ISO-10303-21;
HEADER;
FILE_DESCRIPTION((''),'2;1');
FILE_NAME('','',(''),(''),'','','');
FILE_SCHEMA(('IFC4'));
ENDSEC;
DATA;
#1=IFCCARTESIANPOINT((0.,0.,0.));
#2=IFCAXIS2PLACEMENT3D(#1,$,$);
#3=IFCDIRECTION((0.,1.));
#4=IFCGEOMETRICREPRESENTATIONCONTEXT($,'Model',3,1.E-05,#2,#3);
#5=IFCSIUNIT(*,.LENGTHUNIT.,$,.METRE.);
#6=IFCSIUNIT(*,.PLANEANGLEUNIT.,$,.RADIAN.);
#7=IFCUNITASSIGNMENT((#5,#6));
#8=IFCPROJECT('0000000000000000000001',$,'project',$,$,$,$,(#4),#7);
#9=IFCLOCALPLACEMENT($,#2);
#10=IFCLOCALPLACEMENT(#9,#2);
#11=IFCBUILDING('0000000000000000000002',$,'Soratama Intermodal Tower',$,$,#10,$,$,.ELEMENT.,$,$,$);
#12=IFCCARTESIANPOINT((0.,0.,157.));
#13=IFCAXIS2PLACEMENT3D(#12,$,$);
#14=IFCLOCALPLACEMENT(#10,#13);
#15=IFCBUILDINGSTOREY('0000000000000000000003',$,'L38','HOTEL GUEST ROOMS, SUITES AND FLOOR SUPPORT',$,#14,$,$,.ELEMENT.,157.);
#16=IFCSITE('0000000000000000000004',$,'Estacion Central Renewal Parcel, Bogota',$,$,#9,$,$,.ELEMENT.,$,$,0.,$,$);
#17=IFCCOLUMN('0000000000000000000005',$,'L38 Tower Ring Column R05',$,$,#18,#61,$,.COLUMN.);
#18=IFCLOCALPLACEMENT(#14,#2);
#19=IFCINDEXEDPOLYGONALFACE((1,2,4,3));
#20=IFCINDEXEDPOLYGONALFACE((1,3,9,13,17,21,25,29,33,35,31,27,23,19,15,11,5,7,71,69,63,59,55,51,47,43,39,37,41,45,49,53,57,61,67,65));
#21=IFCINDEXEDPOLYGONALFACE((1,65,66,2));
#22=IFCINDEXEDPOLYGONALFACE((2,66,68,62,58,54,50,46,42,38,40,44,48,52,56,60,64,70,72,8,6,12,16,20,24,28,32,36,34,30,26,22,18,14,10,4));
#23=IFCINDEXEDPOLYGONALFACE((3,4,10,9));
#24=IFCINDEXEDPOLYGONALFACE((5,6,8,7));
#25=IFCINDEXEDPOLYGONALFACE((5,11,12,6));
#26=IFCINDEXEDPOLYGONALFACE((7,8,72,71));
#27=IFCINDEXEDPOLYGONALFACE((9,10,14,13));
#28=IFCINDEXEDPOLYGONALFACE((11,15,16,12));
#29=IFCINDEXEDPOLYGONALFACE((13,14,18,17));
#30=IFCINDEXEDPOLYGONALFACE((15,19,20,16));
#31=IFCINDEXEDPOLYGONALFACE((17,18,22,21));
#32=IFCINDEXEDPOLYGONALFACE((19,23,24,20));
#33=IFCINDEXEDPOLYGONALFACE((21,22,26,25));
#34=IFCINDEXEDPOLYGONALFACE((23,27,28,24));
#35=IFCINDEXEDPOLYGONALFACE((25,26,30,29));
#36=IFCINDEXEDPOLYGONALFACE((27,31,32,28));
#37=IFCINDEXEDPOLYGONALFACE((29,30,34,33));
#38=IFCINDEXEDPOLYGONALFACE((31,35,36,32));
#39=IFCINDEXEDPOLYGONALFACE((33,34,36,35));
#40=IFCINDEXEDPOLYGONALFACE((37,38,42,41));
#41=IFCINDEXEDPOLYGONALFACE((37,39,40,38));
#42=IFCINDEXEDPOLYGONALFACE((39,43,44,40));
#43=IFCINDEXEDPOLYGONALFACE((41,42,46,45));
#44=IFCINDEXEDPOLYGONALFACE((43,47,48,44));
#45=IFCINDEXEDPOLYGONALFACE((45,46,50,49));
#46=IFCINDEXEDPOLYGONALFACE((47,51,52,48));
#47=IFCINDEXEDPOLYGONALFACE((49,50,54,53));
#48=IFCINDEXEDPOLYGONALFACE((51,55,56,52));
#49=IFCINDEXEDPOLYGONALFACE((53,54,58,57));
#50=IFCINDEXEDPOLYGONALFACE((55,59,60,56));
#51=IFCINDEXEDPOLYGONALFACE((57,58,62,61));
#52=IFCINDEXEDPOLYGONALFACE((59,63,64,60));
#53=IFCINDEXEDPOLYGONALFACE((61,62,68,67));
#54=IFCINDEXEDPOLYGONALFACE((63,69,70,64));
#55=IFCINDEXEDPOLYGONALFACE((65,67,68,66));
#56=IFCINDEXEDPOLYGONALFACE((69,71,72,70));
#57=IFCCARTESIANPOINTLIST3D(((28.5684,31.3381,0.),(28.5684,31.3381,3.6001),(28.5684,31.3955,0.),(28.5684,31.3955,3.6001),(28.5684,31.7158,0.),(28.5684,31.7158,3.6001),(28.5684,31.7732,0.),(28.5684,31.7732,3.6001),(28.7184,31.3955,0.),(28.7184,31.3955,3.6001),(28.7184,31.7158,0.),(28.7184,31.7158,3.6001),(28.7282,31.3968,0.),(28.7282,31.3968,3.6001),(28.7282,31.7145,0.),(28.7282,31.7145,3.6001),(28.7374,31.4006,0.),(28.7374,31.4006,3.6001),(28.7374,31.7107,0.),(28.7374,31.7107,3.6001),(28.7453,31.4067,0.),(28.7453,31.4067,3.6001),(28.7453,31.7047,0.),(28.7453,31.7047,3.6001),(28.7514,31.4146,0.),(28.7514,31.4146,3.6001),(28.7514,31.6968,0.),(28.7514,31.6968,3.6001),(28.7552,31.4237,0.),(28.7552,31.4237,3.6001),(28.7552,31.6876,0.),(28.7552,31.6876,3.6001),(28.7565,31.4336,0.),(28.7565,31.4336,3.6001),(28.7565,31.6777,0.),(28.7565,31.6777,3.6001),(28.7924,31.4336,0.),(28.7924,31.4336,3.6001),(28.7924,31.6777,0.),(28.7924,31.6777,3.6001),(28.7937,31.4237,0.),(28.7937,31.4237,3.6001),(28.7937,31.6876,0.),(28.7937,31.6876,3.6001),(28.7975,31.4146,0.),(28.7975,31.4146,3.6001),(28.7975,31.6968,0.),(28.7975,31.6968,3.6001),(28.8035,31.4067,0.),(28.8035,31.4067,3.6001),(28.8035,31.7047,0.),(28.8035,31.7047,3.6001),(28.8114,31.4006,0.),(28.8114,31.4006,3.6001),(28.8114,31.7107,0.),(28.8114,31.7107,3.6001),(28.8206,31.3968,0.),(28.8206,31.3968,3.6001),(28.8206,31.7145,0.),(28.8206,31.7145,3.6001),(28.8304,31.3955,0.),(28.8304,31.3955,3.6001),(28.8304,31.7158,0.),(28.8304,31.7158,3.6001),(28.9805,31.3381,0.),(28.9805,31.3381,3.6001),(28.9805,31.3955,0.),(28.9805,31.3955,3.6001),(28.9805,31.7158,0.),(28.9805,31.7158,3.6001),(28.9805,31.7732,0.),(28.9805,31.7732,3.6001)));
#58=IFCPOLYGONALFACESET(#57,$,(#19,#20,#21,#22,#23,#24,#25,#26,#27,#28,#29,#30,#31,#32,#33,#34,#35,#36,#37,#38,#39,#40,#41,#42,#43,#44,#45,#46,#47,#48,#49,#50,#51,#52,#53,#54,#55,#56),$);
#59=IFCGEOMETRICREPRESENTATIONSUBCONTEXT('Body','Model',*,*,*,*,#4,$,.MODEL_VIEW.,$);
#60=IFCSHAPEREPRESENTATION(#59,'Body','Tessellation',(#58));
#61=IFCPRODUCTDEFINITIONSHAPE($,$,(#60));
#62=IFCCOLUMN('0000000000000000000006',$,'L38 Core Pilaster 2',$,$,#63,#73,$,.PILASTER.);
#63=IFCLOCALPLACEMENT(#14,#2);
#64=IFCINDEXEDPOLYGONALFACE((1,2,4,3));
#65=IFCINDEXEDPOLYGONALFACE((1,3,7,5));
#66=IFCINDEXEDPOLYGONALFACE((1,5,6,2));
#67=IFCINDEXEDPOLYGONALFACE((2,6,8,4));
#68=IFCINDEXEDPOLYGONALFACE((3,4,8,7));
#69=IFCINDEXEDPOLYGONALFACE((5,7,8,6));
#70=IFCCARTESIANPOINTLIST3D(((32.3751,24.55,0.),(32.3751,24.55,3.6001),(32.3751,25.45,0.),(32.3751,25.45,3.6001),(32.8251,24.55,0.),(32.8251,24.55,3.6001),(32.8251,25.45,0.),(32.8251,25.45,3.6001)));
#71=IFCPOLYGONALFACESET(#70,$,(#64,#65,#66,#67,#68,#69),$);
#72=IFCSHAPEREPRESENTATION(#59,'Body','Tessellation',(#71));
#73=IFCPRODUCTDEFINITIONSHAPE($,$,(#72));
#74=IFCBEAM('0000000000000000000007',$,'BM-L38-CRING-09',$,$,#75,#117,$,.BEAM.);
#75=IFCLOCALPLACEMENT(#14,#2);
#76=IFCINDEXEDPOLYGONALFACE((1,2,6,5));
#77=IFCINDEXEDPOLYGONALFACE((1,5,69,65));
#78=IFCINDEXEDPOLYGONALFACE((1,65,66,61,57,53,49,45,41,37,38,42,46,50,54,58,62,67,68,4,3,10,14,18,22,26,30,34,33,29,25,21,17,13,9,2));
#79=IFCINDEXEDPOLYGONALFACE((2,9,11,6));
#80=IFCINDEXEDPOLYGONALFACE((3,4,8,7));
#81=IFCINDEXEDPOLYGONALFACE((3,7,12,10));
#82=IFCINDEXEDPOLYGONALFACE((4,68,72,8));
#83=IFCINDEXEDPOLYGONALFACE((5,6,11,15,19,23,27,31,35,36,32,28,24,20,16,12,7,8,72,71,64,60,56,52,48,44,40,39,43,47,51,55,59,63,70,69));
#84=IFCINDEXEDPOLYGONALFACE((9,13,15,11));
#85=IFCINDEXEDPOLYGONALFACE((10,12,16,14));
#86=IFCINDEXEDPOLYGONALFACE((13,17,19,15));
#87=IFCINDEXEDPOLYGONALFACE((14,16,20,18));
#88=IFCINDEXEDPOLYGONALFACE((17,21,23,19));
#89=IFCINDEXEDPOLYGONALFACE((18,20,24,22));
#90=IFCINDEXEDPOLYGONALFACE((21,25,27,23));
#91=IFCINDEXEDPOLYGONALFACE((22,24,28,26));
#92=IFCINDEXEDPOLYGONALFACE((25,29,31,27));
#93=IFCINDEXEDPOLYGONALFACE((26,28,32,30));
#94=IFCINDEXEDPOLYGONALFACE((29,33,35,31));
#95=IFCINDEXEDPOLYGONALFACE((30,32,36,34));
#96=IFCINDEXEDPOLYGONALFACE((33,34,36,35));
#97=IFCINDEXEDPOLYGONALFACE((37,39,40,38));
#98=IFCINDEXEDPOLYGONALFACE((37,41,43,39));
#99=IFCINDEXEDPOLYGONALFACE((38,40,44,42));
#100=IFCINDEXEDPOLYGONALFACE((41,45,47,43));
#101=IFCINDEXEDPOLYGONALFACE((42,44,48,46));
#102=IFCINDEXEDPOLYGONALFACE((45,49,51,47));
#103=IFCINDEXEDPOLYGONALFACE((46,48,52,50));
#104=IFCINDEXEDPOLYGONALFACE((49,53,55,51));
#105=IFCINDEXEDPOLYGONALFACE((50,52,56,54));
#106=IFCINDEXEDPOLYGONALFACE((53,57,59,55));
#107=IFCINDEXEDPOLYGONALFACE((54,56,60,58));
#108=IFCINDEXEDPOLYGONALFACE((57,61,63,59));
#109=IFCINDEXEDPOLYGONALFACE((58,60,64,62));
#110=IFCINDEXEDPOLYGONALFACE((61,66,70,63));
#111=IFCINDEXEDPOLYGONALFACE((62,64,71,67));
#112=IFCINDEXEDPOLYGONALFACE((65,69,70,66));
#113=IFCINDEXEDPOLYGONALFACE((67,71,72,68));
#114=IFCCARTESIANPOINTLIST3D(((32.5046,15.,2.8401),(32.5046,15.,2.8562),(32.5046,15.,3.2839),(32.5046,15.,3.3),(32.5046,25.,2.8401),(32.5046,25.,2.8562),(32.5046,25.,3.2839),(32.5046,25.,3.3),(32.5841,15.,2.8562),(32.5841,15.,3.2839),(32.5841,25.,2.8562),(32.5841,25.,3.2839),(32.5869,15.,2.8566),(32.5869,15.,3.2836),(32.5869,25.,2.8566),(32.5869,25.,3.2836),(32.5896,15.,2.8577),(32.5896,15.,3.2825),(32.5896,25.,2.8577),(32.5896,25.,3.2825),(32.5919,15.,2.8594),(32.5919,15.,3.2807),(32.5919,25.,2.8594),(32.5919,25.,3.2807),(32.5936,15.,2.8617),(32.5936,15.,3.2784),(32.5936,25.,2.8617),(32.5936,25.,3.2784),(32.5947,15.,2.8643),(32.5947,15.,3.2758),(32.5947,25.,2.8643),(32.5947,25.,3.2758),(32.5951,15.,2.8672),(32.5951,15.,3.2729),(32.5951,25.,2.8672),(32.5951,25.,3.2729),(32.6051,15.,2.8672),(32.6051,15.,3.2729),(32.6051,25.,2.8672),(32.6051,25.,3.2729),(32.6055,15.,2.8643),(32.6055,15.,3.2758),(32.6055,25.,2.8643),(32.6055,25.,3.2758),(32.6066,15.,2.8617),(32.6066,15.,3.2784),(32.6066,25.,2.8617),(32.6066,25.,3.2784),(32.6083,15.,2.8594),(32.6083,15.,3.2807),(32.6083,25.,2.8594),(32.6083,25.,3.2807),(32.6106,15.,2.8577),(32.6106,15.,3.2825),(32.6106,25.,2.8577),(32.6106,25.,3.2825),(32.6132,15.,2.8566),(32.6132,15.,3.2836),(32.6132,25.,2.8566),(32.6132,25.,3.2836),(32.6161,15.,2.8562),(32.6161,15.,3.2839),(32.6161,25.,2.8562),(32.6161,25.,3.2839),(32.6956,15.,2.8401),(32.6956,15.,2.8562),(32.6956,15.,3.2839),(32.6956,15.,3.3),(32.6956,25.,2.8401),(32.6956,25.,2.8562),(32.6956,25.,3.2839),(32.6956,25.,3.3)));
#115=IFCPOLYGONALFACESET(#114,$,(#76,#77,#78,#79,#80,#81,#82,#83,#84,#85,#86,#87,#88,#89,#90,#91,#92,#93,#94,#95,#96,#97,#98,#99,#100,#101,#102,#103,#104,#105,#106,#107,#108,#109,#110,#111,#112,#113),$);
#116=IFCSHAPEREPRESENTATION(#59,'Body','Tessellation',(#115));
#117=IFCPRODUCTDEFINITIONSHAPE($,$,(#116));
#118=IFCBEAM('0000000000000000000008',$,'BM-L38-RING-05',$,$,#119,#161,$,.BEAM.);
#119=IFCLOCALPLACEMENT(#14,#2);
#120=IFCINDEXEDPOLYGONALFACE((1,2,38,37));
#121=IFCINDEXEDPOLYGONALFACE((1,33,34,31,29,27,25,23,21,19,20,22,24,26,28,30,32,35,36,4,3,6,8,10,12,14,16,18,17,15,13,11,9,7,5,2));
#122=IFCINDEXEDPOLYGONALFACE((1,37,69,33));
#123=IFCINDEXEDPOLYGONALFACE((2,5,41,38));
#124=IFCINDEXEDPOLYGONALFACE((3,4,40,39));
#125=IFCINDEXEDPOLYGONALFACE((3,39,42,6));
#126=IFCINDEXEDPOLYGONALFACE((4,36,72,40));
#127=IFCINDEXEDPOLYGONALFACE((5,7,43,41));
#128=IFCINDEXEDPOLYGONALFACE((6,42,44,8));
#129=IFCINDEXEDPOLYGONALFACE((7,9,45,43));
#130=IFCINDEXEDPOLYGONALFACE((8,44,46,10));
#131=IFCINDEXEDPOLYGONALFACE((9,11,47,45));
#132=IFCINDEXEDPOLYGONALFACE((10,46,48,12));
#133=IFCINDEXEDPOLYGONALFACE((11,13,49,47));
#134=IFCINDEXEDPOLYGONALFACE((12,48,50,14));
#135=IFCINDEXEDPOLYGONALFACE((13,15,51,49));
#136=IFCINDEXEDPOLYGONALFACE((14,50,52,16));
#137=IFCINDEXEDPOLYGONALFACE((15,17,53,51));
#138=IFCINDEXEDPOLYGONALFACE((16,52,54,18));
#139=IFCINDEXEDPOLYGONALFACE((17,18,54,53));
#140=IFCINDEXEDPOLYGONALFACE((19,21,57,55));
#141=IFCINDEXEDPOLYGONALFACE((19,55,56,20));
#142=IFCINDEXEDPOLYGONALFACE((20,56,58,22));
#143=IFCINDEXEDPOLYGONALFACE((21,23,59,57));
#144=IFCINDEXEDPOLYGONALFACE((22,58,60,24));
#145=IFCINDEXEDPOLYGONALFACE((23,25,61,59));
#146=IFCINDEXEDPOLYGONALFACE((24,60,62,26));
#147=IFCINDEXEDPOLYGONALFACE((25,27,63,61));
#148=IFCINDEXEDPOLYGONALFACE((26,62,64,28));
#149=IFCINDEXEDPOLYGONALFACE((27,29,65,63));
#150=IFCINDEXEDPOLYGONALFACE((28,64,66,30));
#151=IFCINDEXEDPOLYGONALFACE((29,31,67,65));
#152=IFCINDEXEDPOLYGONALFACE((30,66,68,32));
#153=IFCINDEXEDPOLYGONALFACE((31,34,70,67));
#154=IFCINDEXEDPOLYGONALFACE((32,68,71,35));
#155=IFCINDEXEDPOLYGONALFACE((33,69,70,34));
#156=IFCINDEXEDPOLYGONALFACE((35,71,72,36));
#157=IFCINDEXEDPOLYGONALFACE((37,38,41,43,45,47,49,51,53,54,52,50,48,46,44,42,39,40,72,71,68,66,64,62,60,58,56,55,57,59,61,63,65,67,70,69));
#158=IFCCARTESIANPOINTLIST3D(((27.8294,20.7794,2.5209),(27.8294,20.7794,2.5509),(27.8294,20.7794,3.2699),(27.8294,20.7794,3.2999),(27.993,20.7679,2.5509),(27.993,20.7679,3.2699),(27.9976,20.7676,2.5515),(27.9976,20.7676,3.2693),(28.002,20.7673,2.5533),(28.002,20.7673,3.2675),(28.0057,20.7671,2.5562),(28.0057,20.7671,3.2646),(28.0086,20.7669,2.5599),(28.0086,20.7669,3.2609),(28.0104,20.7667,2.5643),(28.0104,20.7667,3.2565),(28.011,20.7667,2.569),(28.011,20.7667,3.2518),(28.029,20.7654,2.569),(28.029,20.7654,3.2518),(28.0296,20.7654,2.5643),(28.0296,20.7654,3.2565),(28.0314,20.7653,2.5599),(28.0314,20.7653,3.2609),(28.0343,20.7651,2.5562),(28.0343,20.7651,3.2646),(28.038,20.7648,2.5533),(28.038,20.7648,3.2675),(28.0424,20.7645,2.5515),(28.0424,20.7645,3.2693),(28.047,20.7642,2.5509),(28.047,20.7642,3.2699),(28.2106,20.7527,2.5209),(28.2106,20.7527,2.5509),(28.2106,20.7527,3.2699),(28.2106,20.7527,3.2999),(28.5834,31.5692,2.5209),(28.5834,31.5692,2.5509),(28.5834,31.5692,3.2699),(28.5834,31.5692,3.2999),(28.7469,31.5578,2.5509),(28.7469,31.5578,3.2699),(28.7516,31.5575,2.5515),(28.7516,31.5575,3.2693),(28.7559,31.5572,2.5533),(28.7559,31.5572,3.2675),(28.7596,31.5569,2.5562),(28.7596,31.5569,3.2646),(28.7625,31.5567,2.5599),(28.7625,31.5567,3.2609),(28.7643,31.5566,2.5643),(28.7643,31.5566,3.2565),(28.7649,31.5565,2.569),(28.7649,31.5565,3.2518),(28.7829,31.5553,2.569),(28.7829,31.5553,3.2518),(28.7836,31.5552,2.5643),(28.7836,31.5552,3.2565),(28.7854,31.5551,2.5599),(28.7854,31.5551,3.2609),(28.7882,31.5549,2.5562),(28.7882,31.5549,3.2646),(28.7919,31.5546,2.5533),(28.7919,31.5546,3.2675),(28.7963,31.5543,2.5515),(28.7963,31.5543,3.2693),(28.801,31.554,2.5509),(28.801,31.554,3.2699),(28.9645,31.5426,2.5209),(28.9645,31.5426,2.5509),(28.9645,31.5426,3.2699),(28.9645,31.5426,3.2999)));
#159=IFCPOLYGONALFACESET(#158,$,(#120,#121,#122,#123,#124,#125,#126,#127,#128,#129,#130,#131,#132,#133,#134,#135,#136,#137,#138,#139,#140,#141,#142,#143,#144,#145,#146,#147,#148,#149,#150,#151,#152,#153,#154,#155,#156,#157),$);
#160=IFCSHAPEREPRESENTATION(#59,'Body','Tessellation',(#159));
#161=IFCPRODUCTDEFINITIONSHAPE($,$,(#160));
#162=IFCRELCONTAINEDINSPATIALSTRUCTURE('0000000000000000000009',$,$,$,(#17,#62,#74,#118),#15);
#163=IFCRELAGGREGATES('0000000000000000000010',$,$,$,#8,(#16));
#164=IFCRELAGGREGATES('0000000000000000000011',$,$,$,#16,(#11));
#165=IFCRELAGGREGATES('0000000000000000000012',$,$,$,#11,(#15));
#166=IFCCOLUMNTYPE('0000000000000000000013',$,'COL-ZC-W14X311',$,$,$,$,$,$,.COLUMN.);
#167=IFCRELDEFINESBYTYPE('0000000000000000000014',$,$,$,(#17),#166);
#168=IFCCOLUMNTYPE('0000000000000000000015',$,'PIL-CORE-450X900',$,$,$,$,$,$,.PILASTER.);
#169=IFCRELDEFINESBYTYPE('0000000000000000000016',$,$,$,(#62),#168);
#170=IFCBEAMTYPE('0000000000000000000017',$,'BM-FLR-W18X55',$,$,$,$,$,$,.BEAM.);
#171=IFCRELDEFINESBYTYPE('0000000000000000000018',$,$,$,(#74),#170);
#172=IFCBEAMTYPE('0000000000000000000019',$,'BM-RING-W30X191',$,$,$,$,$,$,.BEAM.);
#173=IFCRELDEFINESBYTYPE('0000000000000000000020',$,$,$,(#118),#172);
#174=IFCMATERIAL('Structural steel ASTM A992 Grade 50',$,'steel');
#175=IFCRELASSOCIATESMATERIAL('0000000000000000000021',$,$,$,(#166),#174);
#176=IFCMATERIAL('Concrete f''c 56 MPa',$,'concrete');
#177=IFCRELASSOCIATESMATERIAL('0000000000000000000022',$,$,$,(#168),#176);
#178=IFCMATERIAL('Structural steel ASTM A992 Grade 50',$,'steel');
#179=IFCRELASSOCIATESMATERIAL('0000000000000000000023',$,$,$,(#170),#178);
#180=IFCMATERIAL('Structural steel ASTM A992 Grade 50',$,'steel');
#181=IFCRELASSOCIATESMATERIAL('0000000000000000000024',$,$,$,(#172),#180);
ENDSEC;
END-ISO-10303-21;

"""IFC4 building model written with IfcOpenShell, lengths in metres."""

from ifc_helpers import new_model, si_unit, direction, frame, origin, origin_2d, place, context, subcontext, project, spatial, rectangle, i_section, extrude, material, material_profile, profile_set, type_object, element, save


model = new_model("IFC4")

# Units and contexts
model_context = context("Model", 3, precision=1e-05, world=origin(), true_north=direction((0.0, 1.0)))
body_context = subcontext(model_context, "Body", "Model", "MODEL_VIEW")
ifc_project = project(units=[si_unit("LENGTHUNIT", "METRE"), si_unit("PLANEANGLEUNIT", "RADIAN")], contexts=[model_context])

# Site, building, storey
site_placement = place(None, origin())
site = spatial("IfcSite", under=ifc_project, at=site_placement, Name="Estacion Central Renewal Parcel, Bogota", CompositionType="ELEMENT", RefElevation=0.0)
building_placement = place(site_placement, origin())
building = spatial("IfcBuilding", under=site, at=building_placement, Name="Soratama Intermodal Tower", CompositionType="ELEMENT")
storey_placement = place(building_placement, frame((0.0, 0.0, 157.0)))
storey = spatial("IfcBuildingStorey", under=building, at=storey_placement, Name="L38", Description="HOTEL GUEST ROOMS, SUITES AND FLOOR SUPPORT", CompositionType="ELEMENT", Elevation=157.0)

# Columns
ifc_material_1 = material(Name="Structural steel ASTM A992 Grade 50", Category="steel")
ifc_material_profile_1 = material_profile(ifc_material_1, i_section(OverallWidth=0.4121, OverallDepth=0.4351, WebThickness=0.0359, FlangeThickness=0.0574, FilletRadius=0.0381, at=origin_2d()), Name="W14X311")
ifc_profile_set_1 = profile_set([ifc_material_profile_1], Name="Structural steel ASTM A992 Grade 50")
column_type_1 = type_object("IfcColumnType", Name="COL-ZC-W14X311", PredefinedType="COLUMN", material=ifc_profile_set_1)
column_1_placement = place(storey_placement, frame((28.7744, 31.5557, 0.0), z_axis=(0.0, 0.0, 1.0), x_axis=(1.0, 0.0, 0.0)))
element("IfcColumn", 1, at=column_1_placement, inside=storey, type_object=column_type_1, Name="L38 Tower Ring Column R05", PredefinedType="COLUMN", context=body_context, shape_type="SweptSolid", body=[
    extrude(i_section(OverallWidth=0.4121, OverallDepth=0.4351, WebThickness=0.0359, FlangeThickness=0.0574, FilletRadius=0.0381, at=origin_2d()), origin(), (0.0, 0.0, 1.0), 3.6001),
])
ifc_material_2 = material(Name="Concrete f'c 56 MPa", Category="concrete")
ifc_material_profile_2 = material_profile(ifc_material_2, rectangle(XDim=0.45, YDim=0.8999, at=origin_2d()), Name="RC450X900")
ifc_profile_set_2 = profile_set([ifc_material_profile_2], Name="Concrete f'c 56 MPa")
column_type_2 = type_object("IfcColumnType", Name="PIL-CORE-450X900", PredefinedType="PILASTER", material=ifc_profile_set_2)
column_2_placement = place(storey_placement, frame((32.6001, 25.0, 0.0), z_axis=(0.0, 0.0, 1.0), x_axis=(1.0, 0.0, 0.0)))
element("IfcColumn", 2, at=column_2_placement, inside=storey, type_object=column_type_2, Name="L38 Core Pilaster 2", PredefinedType="PILASTER", context=body_context, shape_type="SweptSolid", body=[
    extrude(rectangle(XDim=0.45, YDim=0.8999, at=origin_2d()), origin(), (0.0, 0.0, 1.0), 3.6001),
])

# Beams
ifc_material_3 = material(Name="Structural steel ASTM A992 Grade 50", Category="steel")
ifc_material_profile_3 = material_profile(ifc_material_3, i_section(OverallWidth=0.1909, OverallDepth=0.46, WebThickness=0.01, FlangeThickness=0.0161, FilletRadius=0.011, at=origin_2d()), Name="W18X55")
ifc_profile_set_3 = profile_set([ifc_material_profile_3], Name="Structural steel ASTM A992 Grade 50")
beam_type_1 = type_object("IfcBeamType", Name="BM-FLR-W18X55", PredefinedType="BEAM", material=ifc_profile_set_3)
beam_1_placement = place(storey_placement, frame((32.6001, 25.0, 3.0701), z_axis=(0.0, -1.0, 0.0), x_axis=(1.0, 0.0, 0.0)))
element("IfcBeam", 3, at=beam_1_placement, inside=storey, type_object=beam_type_1, Name="BM-L38-CRING-09", PredefinedType="BEAM", context=body_context, shape_type="SweptSolid", body=[
    extrude(i_section(OverallWidth=0.1909, OverallDepth=0.46, WebThickness=0.01, FlangeThickness=0.0161, FilletRadius=0.011, at=origin_2d()), origin(), (0.0, 0.0, 1.0), 10.0),
])
ifc_material_4 = material(Name="Structural steel ASTM A992 Grade 50", Category="steel")
ifc_material_profile_4 = material_profile(ifc_material_4, i_section(OverallWidth=0.3821, OverallDepth=0.7791, WebThickness=0.0181, FlangeThickness=0.03, FilletRadius=0.0181, at=origin_2d()), Name="W30X191")
ifc_profile_set_4 = profile_set([ifc_material_profile_4], Name="Structural steel ASTM A992 Grade 50")
beam_type_2 = type_object("IfcBeamType", Name="BM-RING-W30X191", PredefinedType="BEAM", material=ifc_profile_set_4)
beam_2_placement = place(storey_placement, frame((28.7739, 31.5559, 2.9104), z_axis=(-0.069702, -0.997568, 0.0), x_axis=(0.997568, -0.069702, 0.0)))
element("IfcBeam", 4, at=beam_2_placement, inside=storey, type_object=beam_type_2, Name="BM-L38-RING-05", PredefinedType="BEAM", context=body_context, shape_type="SweptSolid", body=[
    extrude(i_section(OverallWidth=0.3821, OverallDepth=0.7791, WebThickness=0.0181, FlangeThickness=0.03, FilletRadius=0.0181, at=origin_2d()), origin(), (0.0, 0.0, 1.0), 10.8162),
])

save(model, "model.ifc")
